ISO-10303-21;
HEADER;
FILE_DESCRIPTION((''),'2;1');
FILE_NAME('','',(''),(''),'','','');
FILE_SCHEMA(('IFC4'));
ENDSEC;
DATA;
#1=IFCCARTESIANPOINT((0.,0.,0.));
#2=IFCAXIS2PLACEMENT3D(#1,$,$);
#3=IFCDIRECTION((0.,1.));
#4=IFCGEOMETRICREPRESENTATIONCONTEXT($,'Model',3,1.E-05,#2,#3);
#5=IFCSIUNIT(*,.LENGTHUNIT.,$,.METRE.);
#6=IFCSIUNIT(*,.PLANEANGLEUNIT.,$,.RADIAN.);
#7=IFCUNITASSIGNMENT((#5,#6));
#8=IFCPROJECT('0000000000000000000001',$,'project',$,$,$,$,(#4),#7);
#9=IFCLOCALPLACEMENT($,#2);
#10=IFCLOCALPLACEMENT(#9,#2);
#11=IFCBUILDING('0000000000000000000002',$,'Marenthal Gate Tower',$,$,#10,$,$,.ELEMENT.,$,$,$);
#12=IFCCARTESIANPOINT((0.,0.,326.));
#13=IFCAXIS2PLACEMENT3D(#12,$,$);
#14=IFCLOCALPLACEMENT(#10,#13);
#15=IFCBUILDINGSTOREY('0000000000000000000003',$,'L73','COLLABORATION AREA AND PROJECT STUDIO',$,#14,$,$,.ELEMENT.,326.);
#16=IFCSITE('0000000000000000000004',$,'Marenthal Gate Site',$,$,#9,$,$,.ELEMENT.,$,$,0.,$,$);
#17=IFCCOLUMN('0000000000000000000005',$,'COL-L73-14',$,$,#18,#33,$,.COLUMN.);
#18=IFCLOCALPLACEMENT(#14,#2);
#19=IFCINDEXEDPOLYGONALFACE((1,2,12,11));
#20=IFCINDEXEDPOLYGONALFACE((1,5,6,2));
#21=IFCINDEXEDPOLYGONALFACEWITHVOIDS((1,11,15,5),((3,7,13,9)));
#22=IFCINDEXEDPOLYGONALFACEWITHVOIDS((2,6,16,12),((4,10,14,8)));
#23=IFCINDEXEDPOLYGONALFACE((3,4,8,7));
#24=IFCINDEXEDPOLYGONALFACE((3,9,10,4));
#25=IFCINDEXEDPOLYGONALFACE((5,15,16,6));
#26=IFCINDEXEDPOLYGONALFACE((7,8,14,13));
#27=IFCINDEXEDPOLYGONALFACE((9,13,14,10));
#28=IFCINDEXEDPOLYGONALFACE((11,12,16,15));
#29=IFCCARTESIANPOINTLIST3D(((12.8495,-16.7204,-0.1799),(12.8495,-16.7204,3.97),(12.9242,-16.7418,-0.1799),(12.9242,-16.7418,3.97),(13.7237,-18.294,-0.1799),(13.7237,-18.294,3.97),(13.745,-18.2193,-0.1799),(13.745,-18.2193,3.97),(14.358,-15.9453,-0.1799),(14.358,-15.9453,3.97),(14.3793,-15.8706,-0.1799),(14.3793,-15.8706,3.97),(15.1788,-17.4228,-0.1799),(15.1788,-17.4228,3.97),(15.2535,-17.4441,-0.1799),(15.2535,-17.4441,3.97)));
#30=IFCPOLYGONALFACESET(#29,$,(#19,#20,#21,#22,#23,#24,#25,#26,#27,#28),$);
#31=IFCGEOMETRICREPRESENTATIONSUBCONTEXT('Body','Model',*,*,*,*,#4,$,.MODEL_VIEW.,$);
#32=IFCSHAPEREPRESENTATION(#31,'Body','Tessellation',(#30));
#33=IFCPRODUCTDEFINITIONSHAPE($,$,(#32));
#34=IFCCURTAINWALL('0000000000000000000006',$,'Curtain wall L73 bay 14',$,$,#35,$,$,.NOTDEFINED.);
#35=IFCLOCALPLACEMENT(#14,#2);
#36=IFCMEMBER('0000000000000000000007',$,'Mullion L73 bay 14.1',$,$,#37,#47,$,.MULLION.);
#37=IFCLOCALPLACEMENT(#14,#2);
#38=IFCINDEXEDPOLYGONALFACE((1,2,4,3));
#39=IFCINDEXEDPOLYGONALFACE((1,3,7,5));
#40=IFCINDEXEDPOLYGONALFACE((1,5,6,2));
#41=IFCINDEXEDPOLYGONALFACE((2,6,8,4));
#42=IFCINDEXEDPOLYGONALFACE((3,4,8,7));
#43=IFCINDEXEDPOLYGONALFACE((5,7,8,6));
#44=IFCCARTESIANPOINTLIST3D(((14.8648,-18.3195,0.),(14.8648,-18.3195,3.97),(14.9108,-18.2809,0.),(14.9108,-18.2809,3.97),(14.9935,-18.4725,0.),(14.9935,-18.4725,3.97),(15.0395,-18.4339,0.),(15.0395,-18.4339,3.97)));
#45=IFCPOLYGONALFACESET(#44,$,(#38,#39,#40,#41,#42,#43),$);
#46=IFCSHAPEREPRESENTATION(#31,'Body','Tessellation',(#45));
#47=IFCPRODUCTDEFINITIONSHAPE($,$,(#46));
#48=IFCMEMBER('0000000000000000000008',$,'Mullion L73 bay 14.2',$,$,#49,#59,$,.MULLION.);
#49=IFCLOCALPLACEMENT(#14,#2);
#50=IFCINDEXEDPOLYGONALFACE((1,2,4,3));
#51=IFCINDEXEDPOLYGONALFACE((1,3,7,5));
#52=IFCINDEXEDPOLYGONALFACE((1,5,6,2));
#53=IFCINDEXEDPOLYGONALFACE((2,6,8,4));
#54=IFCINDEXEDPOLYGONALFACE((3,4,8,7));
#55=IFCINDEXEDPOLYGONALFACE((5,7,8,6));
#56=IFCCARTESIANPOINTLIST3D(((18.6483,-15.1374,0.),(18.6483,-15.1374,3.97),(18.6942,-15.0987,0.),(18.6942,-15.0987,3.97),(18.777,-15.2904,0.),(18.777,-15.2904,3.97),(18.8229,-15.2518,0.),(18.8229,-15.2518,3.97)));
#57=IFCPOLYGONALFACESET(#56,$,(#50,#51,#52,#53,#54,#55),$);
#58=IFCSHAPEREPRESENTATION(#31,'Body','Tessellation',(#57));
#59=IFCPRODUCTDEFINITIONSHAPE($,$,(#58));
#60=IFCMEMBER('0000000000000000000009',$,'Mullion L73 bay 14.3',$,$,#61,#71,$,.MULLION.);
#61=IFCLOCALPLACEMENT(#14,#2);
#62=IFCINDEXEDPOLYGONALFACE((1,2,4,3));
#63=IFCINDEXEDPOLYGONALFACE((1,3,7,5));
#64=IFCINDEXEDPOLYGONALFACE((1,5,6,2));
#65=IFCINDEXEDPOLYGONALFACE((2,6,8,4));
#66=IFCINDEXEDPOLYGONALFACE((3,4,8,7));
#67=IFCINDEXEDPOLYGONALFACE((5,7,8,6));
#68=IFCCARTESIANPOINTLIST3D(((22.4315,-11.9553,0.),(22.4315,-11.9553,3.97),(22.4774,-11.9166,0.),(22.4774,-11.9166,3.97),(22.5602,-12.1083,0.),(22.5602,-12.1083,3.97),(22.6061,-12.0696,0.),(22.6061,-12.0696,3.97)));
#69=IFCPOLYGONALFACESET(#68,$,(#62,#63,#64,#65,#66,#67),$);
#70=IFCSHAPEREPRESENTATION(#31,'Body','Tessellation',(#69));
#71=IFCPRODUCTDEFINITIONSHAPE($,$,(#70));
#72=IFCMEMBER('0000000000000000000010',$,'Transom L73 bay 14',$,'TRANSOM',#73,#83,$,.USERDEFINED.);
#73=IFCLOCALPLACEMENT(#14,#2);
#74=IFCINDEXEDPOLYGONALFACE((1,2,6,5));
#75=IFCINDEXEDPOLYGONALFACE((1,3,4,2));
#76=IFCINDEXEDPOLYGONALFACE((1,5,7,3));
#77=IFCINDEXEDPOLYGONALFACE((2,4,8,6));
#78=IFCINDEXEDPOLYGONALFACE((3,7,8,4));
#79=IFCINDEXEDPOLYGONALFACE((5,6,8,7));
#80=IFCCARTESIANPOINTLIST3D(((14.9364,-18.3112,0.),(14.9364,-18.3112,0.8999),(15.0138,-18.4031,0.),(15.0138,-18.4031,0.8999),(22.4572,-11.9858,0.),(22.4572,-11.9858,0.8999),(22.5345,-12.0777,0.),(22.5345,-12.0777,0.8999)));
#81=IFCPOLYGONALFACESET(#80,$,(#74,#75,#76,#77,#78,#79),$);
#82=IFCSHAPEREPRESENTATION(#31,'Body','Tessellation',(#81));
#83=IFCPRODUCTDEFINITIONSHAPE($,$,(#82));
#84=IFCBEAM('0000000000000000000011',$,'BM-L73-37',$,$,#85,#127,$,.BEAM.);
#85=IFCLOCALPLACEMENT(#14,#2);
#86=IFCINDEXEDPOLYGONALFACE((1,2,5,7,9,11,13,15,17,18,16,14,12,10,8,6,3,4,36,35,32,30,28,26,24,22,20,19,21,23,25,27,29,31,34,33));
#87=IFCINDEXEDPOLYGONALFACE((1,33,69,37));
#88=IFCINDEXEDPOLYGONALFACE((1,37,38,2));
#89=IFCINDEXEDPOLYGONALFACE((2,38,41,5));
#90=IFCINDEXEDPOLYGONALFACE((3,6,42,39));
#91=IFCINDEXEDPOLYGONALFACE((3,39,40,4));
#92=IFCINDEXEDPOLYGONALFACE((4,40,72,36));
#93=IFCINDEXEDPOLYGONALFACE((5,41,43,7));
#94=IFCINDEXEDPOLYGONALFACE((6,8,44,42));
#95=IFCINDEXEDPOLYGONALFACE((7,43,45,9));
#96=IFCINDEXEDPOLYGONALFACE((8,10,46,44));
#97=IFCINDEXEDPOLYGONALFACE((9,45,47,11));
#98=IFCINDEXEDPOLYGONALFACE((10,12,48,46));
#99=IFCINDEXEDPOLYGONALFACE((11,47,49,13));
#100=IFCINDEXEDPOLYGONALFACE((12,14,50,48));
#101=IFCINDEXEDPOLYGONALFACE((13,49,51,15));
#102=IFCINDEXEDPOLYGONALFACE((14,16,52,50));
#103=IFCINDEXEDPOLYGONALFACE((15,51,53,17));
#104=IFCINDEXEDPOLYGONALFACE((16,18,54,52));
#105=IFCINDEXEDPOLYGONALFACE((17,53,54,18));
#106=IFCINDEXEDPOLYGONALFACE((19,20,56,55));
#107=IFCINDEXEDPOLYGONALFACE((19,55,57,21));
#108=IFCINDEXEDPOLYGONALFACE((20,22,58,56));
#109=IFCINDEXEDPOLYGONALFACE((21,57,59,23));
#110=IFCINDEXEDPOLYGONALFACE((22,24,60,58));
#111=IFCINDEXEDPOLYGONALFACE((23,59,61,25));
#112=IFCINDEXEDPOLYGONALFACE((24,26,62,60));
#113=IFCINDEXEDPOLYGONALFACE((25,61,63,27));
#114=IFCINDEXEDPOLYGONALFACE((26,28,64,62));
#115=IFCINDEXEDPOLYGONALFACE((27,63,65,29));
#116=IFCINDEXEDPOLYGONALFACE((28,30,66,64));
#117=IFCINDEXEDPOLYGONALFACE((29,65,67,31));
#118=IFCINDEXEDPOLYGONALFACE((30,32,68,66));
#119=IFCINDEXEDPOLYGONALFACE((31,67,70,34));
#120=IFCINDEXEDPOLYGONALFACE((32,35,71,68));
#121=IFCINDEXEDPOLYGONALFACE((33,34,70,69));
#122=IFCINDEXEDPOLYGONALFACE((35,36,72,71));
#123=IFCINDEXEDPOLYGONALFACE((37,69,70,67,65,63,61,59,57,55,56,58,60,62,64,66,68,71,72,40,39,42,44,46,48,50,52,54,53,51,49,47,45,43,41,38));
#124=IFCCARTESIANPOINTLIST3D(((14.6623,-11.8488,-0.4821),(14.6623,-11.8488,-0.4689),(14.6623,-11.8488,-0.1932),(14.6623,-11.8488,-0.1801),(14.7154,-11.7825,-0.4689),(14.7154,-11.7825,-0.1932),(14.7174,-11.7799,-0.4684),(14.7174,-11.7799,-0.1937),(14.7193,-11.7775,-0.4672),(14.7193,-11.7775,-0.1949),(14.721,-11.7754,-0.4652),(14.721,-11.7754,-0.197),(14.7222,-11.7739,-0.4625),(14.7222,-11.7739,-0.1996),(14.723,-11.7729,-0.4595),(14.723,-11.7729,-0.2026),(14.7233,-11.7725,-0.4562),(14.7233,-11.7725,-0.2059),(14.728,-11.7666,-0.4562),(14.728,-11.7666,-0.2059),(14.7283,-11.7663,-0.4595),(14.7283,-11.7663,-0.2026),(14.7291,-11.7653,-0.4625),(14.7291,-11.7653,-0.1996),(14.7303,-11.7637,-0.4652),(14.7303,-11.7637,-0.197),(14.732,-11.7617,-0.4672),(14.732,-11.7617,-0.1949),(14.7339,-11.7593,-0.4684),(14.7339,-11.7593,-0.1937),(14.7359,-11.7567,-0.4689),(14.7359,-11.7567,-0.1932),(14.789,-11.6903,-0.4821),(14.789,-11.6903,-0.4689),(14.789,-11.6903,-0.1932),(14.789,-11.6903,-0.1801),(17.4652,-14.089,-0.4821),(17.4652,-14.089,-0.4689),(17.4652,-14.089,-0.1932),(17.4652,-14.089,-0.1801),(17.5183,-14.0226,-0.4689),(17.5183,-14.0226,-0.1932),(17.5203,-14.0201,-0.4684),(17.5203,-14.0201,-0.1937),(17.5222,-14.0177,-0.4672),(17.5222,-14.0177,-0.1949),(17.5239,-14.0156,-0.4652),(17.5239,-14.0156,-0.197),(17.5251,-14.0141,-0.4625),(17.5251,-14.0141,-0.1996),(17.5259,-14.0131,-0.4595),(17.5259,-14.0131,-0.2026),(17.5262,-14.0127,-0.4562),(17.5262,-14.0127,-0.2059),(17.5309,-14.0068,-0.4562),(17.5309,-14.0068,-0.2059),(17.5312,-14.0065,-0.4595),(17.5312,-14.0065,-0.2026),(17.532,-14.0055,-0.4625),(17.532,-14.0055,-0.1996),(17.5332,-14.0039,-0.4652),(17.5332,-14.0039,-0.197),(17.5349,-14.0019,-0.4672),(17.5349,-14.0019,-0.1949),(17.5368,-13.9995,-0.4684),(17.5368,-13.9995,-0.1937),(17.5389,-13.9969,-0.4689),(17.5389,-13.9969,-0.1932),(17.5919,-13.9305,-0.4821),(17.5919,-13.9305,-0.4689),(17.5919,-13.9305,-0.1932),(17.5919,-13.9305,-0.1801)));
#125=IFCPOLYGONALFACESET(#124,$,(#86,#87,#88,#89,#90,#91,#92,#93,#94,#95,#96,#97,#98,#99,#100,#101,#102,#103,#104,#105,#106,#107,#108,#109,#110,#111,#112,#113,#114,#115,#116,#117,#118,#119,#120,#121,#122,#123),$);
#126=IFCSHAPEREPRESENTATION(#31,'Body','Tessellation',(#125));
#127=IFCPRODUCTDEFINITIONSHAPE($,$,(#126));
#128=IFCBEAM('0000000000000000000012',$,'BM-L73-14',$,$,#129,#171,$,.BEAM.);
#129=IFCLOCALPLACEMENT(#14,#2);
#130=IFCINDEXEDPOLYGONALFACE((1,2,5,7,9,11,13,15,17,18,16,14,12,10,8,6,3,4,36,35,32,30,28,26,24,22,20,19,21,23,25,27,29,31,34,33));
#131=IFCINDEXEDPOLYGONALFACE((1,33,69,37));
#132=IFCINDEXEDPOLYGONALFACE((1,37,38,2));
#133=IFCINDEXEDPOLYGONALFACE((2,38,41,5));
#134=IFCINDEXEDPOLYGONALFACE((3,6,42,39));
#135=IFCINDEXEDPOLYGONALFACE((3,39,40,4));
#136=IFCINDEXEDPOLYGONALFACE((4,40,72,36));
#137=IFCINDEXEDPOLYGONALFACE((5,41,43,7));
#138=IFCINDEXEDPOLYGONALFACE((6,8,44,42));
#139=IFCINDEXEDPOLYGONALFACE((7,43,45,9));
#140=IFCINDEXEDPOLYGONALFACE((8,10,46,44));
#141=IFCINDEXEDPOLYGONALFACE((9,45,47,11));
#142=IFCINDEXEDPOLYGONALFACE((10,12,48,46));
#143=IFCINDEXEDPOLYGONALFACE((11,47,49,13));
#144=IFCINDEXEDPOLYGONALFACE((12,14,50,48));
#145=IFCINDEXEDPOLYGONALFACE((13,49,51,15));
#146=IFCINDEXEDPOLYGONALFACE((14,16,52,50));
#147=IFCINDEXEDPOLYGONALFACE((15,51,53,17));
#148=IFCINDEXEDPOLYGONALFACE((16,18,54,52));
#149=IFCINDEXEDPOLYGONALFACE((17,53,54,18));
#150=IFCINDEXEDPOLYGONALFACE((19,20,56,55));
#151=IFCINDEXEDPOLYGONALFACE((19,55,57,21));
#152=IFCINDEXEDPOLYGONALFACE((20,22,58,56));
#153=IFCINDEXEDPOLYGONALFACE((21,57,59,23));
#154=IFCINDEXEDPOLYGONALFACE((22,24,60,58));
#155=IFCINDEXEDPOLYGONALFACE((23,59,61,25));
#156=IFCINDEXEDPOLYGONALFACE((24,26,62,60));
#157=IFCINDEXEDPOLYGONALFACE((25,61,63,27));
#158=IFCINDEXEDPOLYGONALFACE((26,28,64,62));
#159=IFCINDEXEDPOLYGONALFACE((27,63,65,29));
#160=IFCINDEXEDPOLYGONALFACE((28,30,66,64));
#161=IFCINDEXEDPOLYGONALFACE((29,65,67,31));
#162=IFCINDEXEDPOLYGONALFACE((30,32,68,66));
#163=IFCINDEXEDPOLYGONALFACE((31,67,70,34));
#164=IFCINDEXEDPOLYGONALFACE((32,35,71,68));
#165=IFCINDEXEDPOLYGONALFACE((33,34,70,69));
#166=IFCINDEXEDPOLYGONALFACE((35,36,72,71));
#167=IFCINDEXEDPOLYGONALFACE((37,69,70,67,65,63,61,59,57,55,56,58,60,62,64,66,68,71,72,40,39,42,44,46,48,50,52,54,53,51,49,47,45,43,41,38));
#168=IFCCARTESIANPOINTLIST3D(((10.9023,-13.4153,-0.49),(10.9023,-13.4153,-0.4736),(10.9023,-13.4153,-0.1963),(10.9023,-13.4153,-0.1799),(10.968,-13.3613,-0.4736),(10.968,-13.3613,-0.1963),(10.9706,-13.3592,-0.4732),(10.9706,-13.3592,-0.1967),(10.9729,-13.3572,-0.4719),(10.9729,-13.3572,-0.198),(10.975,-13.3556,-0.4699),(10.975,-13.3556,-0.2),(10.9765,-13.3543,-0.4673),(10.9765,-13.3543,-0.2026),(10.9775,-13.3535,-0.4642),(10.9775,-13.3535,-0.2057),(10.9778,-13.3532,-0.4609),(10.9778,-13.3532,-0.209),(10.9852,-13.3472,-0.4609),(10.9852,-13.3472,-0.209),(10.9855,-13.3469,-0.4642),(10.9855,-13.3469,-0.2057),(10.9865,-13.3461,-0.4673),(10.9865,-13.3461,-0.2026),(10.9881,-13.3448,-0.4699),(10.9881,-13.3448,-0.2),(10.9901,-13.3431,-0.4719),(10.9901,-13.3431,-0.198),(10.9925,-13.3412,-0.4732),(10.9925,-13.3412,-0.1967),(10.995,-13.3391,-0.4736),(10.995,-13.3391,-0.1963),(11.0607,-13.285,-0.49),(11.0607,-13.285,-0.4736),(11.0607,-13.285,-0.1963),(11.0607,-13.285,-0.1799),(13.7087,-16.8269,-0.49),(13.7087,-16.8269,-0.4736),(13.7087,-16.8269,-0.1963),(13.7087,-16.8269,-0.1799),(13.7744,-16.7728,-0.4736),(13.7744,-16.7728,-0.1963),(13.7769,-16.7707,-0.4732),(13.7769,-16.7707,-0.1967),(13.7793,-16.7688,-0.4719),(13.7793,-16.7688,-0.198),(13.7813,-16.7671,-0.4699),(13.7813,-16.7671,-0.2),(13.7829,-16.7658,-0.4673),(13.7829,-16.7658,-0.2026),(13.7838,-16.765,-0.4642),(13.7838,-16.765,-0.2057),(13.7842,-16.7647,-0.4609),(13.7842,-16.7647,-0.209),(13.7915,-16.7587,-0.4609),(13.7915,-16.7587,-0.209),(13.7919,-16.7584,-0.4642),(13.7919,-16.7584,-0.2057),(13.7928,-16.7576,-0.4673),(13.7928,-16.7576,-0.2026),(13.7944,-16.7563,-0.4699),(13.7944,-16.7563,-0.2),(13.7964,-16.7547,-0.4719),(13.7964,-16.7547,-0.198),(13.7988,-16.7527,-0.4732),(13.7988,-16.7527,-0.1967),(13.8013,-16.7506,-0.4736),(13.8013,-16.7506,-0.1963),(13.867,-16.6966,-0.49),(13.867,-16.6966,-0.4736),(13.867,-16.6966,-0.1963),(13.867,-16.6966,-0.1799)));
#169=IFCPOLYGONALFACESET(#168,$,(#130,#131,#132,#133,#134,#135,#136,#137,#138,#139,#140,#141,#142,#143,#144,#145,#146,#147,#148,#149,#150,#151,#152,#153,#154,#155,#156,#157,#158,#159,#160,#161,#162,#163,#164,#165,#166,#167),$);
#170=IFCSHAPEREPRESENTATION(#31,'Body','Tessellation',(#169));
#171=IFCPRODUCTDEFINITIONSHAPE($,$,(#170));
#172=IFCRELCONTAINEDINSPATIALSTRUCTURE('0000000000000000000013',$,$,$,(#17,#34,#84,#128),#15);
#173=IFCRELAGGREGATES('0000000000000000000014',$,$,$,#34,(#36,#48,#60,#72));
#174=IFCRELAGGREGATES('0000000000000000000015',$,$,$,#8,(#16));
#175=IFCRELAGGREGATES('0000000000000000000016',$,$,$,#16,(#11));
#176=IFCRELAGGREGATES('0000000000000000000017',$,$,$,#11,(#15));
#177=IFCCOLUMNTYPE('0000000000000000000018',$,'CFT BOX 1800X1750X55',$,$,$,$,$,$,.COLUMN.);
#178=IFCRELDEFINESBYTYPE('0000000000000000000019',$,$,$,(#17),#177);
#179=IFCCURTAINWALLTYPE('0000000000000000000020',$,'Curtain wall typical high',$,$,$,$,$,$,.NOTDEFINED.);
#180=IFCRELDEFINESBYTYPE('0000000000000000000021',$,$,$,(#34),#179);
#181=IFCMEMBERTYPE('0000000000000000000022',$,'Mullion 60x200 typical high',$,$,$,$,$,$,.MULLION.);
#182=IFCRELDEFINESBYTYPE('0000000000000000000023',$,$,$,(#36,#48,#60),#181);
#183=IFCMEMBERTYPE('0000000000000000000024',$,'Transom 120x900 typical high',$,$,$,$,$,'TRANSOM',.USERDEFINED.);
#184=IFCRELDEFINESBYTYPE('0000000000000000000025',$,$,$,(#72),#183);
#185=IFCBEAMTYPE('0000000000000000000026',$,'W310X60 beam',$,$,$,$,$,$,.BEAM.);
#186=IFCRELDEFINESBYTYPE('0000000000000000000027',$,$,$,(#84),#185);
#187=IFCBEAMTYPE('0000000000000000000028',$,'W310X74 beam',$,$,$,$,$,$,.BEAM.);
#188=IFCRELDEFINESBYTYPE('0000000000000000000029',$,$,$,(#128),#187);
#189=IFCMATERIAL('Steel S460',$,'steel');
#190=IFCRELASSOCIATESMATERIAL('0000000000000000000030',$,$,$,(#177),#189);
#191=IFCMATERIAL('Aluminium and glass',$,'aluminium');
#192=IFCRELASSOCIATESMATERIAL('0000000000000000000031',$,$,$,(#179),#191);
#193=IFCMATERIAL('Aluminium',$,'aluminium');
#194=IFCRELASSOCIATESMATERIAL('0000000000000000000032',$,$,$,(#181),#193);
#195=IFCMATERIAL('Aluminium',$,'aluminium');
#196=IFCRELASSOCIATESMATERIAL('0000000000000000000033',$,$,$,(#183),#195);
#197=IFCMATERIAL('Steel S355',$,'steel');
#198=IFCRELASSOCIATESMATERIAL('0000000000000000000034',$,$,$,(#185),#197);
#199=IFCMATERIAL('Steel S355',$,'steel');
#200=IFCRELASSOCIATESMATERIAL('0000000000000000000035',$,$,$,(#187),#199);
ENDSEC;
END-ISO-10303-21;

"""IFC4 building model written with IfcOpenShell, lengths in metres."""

from ifc_helpers import new_model, si_unit, direction, frame, origin, origin_2d, place, context, subcontext, project, spatial, rectangle, hollow_rectangle, i_section, extrude, material, material_profile, profile_set, type_object, element, aggregate, save


model = new_model("IFC4")

# Units and contexts
model_context = context("Model", 3, precision=1e-05, world=origin(), true_north=direction((0.0, 1.0)))
body_context = subcontext(model_context, "Body", "Model", "MODEL_VIEW")
ifc_project = project(units=[si_unit("LENGTHUNIT", "METRE"), si_unit("PLANEANGLEUNIT", "RADIAN")], contexts=[model_context])

# Site, building, storey
site_placement = place(None, origin())
site = spatial("IfcSite", under=ifc_project, at=site_placement, Name="Marenthal Gate Site", CompositionType="ELEMENT", RefElevation=0.0)
building_placement = place(site_placement, origin())
building = spatial("IfcBuilding", under=site, at=building_placement, Name="Marenthal Gate Tower", CompositionType="ELEMENT")
storey_placement = place(building_placement, frame((0.0, 0.0, 326.0)))
storey = spatial("IfcBuildingStorey", under=building, at=storey_placement, Name="L73", Description="COLLABORATION AREA AND PROJECT STUDIO", CompositionType="ELEMENT", Elevation=326.0)

# Column
ifc_material_1 = material(Name="Steel S460", Category="steel")
ifc_material_profile_1 = material_profile(ifc_material_1, hollow_rectangle(XDim=1.75, YDim=1.8, WallThickness=0.0549, at=origin_2d()), Name="CFT BOX 1800X1750X55")
ifc_material_2 = material(Name="Concrete 70 MPa", Category="concrete")
ifc_material_profile_2 = material_profile(ifc_material_2, rectangle(XDim=1.6399, YDim=1.6899, at=origin_2d()), Name="CFT BOX 1800X1750X55 INFILL")
ifc_profile_set_1 = profile_set([ifc_material_profile_1, ifc_material_profile_2], Name="Steel S460 shell, Concrete 70 MPa infill")
column_type = type_object("IfcColumnType", Name="CFT BOX 1800X1750X55", PredefinedType="COLUMN", material=ifc_profile_set_1)
column_placement = place(storey_placement, frame((14.0515, -17.0823, -0.1799), z_axis=(0.0, 0.0, 1.0), x_axis=(-0.874163, -0.485632, 0.0)))
element("IfcColumn", 1, at=column_placement, inside=storey, type_object=column_type, Name="COL-L73-14", PredefinedType="COLUMN", context=body_context, shape_type="SweptSolid", body=[
    extrude(hollow_rectangle(XDim=1.75, YDim=1.8, WallThickness=0.0549, at=origin_2d()), origin(), (0.0, 0.0, 1.0), 4.1499),
])

# Curtain wall, members
ifc_material_3 = material(Name="Aluminium and glass", Category="aluminium")
curtain_wall_type = type_object("IfcCurtainWallType", Name="Curtain wall typical high", PredefinedType="NOTDEFINED", material=ifc_material_3)
curtain_wall_placement = place(storey_placement, origin())
curtain_wall = element("IfcCurtainWall", 2, at=curtain_wall_placement, inside=storey, type_object=curtain_wall_type, Name="Curtain wall L73 bay 14", PredefinedType="NOTDEFINED")
ifc_material_4 = material(Name="Aluminium", Category="aluminium")
ifc_material_profile_3 = material_profile(ifc_material_4, rectangle(XDim=0.2, YDim=0.0601, at=origin_2d()), Name="60x200 aluminium mullion")
ifc_profile_set_2 = profile_set([ifc_material_profile_3], Name="Aluminium")
member_type_1 = type_object("IfcMemberType", Name="Mullion 60x200 typical high", PredefinedType="MULLION", material=ifc_profile_set_2)
member_1_placement = place(storey_placement, frame((14.9521, -18.3767, 0.0), z_axis=(0.0, 0.0, 1.0), x_axis=(-0.643676, 0.765298, 0.0)))
member_1 = element("IfcMember", 3, at=member_1_placement, type_object=member_type_1, Name="Mullion L73 bay 14.1", PredefinedType="MULLION", context=body_context, shape_type="SweptSolid", body=[
    extrude(rectangle(XDim=0.2, YDim=0.0601, at=origin_2d()), origin(), (0.0, 0.0, 1.0), 3.97),
])
member_2_placement = place(storey_placement, frame((18.7356, -15.1946, 0.0), z_axis=(0.0, 0.0, 1.0), x_axis=(-0.643676, 0.765298, 0.0)))
member_2 = element("IfcMember", 4, at=member_2_placement, type_object=member_type_1, Name="Mullion L73 bay 14.2", PredefinedType="MULLION", context=body_context, shape_type="SweptSolid", body=[
    extrude(rectangle(XDim=0.2, YDim=0.0601, at=origin_2d()), origin(), (0.0, 0.0, 1.0), 3.97),
])
member_3_placement = place(storey_placement, frame((22.5188, -12.0125, 0.0), z_axis=(0.0, 0.0, 1.0), x_axis=(-0.643676, 0.765298, 0.0)))
member_3 = element("IfcMember", 5, at=member_3_placement, type_object=member_type_1, Name="Mullion L73 bay 14.3", PredefinedType="MULLION", context=body_context, shape_type="SweptSolid", body=[
    extrude(rectangle(XDim=0.2, YDim=0.0601, at=origin_2d()), origin(), (0.0, 0.0, 1.0), 3.97),
])
ifc_material_5 = material(Name="Aluminium", Category="aluminium")
ifc_material_profile_4 = material_profile(ifc_material_5, rectangle(XDim=0.1201, YDim=0.8999, at=origin_2d()), Name="120x900 aluminium transom")
ifc_profile_set_3 = profile_set([ifc_material_profile_4], Name="Aluminium")
member_type_2 = type_object("IfcMemberType", Name="Transom 120x900 typical high", ElementType="TRANSOM", PredefinedType="USERDEFINED", material=ifc_profile_set_3)
member_4_placement = place(storey_placement, frame((14.9751, -18.3572, 0.45), z_axis=(0.765303, 0.64367, 0.0), x_axis=(-0.64367, 0.765303, 0.0)))
member_4 = element("IfcMember", 6, at=member_4_placement, type_object=member_type_2, Name="Transom L73 bay 14", ObjectType="TRANSOM", PredefinedType="USERDEFINED", context=body_context, shape_type="SweptSolid", body=[
    extrude(rectangle(XDim=0.1201, YDim=0.8999, at=origin_2d()), origin(), (0.0, 0.0, 1.0), 9.8271),
])

# Beams
ifc_material_6 = material(Name="Steel S355", Category="steel")
ifc_material_profile_5 = material_profile(ifc_material_6, i_section(OverallWidth=0.2029, OverallDepth=0.302, WebThickness=0.0076, FlangeThickness=0.0132, FilletRadius=0.0127, at=origin_2d()), Name="W310X60")
ifc_profile_set_4 = profile_set([ifc_material_profile_5], Name="Steel S355")
beam_type_1 = type_object("IfcBeamType", Name="W310X60 beam", PredefinedType="BEAM", material=ifc_profile_set_4)
beam_1_placement = place(storey_placement, frame((17.5286, -14.0098, -0.3311), z_axis=(-0.781161, 0.62433, 0.0), x_axis=(-0.62433, -0.781161, 0.0)))
element("IfcBeam", 7, at=beam_1_placement, inside=storey, type_object=beam_type_1, Name="BM-L73-37", PredefinedType="BEAM", context=body_context, shape_type="SweptSolid", body=[
    extrude(i_section(OverallWidth=0.2029, OverallDepth=0.302, WebThickness=0.0076, FlangeThickness=0.0132, FilletRadius=0.0127, at=origin_2d()), origin(), (0.0, 0.0, 1.0), 3.5881),
])
ifc_material_7 = material(Name="Steel S355", Category="steel")
ifc_material_profile_6 = material_profile(ifc_material_7, i_section(OverallWidth=0.2051, OverallDepth=0.3101, WebThickness=0.0095, FlangeThickness=0.0164, FilletRadius=0.0127, at=origin_2d()), Name="W310X74")
ifc_profile_set_5 = profile_set([ifc_material_profile_6], Name="Steel S355")
beam_type_2 = type_object("IfcBeamType", Name="W310X74 beam", PredefinedType="BEAM", material=ifc_profile_set_5)
beam_2_placement = place(storey_placement, frame((13.7878, -16.7617, -0.335), z_axis=(-0.635279, 0.772283, 0.0), x_axis=(-0.772283, -0.635279, 0.0)))
element("IfcBeam", 8, at=beam_2_placement, inside=storey, type_object=beam_type_2, Name="BM-L73-14", PredefinedType="BEAM", context=body_context, shape_type="SweptSolid", body=[
    extrude(i_section(OverallWidth=0.2051, OverallDepth=0.3101, WebThickness=0.0095, FlangeThickness=0.0164, FilletRadius=0.0127, at=origin_2d()), origin(), (0.0, 0.0, 1.0), 4.4175),
])

aggregate(curtain_wall, [member_1, member_2, member_3, member_4])

save(model, "model.ifc")
